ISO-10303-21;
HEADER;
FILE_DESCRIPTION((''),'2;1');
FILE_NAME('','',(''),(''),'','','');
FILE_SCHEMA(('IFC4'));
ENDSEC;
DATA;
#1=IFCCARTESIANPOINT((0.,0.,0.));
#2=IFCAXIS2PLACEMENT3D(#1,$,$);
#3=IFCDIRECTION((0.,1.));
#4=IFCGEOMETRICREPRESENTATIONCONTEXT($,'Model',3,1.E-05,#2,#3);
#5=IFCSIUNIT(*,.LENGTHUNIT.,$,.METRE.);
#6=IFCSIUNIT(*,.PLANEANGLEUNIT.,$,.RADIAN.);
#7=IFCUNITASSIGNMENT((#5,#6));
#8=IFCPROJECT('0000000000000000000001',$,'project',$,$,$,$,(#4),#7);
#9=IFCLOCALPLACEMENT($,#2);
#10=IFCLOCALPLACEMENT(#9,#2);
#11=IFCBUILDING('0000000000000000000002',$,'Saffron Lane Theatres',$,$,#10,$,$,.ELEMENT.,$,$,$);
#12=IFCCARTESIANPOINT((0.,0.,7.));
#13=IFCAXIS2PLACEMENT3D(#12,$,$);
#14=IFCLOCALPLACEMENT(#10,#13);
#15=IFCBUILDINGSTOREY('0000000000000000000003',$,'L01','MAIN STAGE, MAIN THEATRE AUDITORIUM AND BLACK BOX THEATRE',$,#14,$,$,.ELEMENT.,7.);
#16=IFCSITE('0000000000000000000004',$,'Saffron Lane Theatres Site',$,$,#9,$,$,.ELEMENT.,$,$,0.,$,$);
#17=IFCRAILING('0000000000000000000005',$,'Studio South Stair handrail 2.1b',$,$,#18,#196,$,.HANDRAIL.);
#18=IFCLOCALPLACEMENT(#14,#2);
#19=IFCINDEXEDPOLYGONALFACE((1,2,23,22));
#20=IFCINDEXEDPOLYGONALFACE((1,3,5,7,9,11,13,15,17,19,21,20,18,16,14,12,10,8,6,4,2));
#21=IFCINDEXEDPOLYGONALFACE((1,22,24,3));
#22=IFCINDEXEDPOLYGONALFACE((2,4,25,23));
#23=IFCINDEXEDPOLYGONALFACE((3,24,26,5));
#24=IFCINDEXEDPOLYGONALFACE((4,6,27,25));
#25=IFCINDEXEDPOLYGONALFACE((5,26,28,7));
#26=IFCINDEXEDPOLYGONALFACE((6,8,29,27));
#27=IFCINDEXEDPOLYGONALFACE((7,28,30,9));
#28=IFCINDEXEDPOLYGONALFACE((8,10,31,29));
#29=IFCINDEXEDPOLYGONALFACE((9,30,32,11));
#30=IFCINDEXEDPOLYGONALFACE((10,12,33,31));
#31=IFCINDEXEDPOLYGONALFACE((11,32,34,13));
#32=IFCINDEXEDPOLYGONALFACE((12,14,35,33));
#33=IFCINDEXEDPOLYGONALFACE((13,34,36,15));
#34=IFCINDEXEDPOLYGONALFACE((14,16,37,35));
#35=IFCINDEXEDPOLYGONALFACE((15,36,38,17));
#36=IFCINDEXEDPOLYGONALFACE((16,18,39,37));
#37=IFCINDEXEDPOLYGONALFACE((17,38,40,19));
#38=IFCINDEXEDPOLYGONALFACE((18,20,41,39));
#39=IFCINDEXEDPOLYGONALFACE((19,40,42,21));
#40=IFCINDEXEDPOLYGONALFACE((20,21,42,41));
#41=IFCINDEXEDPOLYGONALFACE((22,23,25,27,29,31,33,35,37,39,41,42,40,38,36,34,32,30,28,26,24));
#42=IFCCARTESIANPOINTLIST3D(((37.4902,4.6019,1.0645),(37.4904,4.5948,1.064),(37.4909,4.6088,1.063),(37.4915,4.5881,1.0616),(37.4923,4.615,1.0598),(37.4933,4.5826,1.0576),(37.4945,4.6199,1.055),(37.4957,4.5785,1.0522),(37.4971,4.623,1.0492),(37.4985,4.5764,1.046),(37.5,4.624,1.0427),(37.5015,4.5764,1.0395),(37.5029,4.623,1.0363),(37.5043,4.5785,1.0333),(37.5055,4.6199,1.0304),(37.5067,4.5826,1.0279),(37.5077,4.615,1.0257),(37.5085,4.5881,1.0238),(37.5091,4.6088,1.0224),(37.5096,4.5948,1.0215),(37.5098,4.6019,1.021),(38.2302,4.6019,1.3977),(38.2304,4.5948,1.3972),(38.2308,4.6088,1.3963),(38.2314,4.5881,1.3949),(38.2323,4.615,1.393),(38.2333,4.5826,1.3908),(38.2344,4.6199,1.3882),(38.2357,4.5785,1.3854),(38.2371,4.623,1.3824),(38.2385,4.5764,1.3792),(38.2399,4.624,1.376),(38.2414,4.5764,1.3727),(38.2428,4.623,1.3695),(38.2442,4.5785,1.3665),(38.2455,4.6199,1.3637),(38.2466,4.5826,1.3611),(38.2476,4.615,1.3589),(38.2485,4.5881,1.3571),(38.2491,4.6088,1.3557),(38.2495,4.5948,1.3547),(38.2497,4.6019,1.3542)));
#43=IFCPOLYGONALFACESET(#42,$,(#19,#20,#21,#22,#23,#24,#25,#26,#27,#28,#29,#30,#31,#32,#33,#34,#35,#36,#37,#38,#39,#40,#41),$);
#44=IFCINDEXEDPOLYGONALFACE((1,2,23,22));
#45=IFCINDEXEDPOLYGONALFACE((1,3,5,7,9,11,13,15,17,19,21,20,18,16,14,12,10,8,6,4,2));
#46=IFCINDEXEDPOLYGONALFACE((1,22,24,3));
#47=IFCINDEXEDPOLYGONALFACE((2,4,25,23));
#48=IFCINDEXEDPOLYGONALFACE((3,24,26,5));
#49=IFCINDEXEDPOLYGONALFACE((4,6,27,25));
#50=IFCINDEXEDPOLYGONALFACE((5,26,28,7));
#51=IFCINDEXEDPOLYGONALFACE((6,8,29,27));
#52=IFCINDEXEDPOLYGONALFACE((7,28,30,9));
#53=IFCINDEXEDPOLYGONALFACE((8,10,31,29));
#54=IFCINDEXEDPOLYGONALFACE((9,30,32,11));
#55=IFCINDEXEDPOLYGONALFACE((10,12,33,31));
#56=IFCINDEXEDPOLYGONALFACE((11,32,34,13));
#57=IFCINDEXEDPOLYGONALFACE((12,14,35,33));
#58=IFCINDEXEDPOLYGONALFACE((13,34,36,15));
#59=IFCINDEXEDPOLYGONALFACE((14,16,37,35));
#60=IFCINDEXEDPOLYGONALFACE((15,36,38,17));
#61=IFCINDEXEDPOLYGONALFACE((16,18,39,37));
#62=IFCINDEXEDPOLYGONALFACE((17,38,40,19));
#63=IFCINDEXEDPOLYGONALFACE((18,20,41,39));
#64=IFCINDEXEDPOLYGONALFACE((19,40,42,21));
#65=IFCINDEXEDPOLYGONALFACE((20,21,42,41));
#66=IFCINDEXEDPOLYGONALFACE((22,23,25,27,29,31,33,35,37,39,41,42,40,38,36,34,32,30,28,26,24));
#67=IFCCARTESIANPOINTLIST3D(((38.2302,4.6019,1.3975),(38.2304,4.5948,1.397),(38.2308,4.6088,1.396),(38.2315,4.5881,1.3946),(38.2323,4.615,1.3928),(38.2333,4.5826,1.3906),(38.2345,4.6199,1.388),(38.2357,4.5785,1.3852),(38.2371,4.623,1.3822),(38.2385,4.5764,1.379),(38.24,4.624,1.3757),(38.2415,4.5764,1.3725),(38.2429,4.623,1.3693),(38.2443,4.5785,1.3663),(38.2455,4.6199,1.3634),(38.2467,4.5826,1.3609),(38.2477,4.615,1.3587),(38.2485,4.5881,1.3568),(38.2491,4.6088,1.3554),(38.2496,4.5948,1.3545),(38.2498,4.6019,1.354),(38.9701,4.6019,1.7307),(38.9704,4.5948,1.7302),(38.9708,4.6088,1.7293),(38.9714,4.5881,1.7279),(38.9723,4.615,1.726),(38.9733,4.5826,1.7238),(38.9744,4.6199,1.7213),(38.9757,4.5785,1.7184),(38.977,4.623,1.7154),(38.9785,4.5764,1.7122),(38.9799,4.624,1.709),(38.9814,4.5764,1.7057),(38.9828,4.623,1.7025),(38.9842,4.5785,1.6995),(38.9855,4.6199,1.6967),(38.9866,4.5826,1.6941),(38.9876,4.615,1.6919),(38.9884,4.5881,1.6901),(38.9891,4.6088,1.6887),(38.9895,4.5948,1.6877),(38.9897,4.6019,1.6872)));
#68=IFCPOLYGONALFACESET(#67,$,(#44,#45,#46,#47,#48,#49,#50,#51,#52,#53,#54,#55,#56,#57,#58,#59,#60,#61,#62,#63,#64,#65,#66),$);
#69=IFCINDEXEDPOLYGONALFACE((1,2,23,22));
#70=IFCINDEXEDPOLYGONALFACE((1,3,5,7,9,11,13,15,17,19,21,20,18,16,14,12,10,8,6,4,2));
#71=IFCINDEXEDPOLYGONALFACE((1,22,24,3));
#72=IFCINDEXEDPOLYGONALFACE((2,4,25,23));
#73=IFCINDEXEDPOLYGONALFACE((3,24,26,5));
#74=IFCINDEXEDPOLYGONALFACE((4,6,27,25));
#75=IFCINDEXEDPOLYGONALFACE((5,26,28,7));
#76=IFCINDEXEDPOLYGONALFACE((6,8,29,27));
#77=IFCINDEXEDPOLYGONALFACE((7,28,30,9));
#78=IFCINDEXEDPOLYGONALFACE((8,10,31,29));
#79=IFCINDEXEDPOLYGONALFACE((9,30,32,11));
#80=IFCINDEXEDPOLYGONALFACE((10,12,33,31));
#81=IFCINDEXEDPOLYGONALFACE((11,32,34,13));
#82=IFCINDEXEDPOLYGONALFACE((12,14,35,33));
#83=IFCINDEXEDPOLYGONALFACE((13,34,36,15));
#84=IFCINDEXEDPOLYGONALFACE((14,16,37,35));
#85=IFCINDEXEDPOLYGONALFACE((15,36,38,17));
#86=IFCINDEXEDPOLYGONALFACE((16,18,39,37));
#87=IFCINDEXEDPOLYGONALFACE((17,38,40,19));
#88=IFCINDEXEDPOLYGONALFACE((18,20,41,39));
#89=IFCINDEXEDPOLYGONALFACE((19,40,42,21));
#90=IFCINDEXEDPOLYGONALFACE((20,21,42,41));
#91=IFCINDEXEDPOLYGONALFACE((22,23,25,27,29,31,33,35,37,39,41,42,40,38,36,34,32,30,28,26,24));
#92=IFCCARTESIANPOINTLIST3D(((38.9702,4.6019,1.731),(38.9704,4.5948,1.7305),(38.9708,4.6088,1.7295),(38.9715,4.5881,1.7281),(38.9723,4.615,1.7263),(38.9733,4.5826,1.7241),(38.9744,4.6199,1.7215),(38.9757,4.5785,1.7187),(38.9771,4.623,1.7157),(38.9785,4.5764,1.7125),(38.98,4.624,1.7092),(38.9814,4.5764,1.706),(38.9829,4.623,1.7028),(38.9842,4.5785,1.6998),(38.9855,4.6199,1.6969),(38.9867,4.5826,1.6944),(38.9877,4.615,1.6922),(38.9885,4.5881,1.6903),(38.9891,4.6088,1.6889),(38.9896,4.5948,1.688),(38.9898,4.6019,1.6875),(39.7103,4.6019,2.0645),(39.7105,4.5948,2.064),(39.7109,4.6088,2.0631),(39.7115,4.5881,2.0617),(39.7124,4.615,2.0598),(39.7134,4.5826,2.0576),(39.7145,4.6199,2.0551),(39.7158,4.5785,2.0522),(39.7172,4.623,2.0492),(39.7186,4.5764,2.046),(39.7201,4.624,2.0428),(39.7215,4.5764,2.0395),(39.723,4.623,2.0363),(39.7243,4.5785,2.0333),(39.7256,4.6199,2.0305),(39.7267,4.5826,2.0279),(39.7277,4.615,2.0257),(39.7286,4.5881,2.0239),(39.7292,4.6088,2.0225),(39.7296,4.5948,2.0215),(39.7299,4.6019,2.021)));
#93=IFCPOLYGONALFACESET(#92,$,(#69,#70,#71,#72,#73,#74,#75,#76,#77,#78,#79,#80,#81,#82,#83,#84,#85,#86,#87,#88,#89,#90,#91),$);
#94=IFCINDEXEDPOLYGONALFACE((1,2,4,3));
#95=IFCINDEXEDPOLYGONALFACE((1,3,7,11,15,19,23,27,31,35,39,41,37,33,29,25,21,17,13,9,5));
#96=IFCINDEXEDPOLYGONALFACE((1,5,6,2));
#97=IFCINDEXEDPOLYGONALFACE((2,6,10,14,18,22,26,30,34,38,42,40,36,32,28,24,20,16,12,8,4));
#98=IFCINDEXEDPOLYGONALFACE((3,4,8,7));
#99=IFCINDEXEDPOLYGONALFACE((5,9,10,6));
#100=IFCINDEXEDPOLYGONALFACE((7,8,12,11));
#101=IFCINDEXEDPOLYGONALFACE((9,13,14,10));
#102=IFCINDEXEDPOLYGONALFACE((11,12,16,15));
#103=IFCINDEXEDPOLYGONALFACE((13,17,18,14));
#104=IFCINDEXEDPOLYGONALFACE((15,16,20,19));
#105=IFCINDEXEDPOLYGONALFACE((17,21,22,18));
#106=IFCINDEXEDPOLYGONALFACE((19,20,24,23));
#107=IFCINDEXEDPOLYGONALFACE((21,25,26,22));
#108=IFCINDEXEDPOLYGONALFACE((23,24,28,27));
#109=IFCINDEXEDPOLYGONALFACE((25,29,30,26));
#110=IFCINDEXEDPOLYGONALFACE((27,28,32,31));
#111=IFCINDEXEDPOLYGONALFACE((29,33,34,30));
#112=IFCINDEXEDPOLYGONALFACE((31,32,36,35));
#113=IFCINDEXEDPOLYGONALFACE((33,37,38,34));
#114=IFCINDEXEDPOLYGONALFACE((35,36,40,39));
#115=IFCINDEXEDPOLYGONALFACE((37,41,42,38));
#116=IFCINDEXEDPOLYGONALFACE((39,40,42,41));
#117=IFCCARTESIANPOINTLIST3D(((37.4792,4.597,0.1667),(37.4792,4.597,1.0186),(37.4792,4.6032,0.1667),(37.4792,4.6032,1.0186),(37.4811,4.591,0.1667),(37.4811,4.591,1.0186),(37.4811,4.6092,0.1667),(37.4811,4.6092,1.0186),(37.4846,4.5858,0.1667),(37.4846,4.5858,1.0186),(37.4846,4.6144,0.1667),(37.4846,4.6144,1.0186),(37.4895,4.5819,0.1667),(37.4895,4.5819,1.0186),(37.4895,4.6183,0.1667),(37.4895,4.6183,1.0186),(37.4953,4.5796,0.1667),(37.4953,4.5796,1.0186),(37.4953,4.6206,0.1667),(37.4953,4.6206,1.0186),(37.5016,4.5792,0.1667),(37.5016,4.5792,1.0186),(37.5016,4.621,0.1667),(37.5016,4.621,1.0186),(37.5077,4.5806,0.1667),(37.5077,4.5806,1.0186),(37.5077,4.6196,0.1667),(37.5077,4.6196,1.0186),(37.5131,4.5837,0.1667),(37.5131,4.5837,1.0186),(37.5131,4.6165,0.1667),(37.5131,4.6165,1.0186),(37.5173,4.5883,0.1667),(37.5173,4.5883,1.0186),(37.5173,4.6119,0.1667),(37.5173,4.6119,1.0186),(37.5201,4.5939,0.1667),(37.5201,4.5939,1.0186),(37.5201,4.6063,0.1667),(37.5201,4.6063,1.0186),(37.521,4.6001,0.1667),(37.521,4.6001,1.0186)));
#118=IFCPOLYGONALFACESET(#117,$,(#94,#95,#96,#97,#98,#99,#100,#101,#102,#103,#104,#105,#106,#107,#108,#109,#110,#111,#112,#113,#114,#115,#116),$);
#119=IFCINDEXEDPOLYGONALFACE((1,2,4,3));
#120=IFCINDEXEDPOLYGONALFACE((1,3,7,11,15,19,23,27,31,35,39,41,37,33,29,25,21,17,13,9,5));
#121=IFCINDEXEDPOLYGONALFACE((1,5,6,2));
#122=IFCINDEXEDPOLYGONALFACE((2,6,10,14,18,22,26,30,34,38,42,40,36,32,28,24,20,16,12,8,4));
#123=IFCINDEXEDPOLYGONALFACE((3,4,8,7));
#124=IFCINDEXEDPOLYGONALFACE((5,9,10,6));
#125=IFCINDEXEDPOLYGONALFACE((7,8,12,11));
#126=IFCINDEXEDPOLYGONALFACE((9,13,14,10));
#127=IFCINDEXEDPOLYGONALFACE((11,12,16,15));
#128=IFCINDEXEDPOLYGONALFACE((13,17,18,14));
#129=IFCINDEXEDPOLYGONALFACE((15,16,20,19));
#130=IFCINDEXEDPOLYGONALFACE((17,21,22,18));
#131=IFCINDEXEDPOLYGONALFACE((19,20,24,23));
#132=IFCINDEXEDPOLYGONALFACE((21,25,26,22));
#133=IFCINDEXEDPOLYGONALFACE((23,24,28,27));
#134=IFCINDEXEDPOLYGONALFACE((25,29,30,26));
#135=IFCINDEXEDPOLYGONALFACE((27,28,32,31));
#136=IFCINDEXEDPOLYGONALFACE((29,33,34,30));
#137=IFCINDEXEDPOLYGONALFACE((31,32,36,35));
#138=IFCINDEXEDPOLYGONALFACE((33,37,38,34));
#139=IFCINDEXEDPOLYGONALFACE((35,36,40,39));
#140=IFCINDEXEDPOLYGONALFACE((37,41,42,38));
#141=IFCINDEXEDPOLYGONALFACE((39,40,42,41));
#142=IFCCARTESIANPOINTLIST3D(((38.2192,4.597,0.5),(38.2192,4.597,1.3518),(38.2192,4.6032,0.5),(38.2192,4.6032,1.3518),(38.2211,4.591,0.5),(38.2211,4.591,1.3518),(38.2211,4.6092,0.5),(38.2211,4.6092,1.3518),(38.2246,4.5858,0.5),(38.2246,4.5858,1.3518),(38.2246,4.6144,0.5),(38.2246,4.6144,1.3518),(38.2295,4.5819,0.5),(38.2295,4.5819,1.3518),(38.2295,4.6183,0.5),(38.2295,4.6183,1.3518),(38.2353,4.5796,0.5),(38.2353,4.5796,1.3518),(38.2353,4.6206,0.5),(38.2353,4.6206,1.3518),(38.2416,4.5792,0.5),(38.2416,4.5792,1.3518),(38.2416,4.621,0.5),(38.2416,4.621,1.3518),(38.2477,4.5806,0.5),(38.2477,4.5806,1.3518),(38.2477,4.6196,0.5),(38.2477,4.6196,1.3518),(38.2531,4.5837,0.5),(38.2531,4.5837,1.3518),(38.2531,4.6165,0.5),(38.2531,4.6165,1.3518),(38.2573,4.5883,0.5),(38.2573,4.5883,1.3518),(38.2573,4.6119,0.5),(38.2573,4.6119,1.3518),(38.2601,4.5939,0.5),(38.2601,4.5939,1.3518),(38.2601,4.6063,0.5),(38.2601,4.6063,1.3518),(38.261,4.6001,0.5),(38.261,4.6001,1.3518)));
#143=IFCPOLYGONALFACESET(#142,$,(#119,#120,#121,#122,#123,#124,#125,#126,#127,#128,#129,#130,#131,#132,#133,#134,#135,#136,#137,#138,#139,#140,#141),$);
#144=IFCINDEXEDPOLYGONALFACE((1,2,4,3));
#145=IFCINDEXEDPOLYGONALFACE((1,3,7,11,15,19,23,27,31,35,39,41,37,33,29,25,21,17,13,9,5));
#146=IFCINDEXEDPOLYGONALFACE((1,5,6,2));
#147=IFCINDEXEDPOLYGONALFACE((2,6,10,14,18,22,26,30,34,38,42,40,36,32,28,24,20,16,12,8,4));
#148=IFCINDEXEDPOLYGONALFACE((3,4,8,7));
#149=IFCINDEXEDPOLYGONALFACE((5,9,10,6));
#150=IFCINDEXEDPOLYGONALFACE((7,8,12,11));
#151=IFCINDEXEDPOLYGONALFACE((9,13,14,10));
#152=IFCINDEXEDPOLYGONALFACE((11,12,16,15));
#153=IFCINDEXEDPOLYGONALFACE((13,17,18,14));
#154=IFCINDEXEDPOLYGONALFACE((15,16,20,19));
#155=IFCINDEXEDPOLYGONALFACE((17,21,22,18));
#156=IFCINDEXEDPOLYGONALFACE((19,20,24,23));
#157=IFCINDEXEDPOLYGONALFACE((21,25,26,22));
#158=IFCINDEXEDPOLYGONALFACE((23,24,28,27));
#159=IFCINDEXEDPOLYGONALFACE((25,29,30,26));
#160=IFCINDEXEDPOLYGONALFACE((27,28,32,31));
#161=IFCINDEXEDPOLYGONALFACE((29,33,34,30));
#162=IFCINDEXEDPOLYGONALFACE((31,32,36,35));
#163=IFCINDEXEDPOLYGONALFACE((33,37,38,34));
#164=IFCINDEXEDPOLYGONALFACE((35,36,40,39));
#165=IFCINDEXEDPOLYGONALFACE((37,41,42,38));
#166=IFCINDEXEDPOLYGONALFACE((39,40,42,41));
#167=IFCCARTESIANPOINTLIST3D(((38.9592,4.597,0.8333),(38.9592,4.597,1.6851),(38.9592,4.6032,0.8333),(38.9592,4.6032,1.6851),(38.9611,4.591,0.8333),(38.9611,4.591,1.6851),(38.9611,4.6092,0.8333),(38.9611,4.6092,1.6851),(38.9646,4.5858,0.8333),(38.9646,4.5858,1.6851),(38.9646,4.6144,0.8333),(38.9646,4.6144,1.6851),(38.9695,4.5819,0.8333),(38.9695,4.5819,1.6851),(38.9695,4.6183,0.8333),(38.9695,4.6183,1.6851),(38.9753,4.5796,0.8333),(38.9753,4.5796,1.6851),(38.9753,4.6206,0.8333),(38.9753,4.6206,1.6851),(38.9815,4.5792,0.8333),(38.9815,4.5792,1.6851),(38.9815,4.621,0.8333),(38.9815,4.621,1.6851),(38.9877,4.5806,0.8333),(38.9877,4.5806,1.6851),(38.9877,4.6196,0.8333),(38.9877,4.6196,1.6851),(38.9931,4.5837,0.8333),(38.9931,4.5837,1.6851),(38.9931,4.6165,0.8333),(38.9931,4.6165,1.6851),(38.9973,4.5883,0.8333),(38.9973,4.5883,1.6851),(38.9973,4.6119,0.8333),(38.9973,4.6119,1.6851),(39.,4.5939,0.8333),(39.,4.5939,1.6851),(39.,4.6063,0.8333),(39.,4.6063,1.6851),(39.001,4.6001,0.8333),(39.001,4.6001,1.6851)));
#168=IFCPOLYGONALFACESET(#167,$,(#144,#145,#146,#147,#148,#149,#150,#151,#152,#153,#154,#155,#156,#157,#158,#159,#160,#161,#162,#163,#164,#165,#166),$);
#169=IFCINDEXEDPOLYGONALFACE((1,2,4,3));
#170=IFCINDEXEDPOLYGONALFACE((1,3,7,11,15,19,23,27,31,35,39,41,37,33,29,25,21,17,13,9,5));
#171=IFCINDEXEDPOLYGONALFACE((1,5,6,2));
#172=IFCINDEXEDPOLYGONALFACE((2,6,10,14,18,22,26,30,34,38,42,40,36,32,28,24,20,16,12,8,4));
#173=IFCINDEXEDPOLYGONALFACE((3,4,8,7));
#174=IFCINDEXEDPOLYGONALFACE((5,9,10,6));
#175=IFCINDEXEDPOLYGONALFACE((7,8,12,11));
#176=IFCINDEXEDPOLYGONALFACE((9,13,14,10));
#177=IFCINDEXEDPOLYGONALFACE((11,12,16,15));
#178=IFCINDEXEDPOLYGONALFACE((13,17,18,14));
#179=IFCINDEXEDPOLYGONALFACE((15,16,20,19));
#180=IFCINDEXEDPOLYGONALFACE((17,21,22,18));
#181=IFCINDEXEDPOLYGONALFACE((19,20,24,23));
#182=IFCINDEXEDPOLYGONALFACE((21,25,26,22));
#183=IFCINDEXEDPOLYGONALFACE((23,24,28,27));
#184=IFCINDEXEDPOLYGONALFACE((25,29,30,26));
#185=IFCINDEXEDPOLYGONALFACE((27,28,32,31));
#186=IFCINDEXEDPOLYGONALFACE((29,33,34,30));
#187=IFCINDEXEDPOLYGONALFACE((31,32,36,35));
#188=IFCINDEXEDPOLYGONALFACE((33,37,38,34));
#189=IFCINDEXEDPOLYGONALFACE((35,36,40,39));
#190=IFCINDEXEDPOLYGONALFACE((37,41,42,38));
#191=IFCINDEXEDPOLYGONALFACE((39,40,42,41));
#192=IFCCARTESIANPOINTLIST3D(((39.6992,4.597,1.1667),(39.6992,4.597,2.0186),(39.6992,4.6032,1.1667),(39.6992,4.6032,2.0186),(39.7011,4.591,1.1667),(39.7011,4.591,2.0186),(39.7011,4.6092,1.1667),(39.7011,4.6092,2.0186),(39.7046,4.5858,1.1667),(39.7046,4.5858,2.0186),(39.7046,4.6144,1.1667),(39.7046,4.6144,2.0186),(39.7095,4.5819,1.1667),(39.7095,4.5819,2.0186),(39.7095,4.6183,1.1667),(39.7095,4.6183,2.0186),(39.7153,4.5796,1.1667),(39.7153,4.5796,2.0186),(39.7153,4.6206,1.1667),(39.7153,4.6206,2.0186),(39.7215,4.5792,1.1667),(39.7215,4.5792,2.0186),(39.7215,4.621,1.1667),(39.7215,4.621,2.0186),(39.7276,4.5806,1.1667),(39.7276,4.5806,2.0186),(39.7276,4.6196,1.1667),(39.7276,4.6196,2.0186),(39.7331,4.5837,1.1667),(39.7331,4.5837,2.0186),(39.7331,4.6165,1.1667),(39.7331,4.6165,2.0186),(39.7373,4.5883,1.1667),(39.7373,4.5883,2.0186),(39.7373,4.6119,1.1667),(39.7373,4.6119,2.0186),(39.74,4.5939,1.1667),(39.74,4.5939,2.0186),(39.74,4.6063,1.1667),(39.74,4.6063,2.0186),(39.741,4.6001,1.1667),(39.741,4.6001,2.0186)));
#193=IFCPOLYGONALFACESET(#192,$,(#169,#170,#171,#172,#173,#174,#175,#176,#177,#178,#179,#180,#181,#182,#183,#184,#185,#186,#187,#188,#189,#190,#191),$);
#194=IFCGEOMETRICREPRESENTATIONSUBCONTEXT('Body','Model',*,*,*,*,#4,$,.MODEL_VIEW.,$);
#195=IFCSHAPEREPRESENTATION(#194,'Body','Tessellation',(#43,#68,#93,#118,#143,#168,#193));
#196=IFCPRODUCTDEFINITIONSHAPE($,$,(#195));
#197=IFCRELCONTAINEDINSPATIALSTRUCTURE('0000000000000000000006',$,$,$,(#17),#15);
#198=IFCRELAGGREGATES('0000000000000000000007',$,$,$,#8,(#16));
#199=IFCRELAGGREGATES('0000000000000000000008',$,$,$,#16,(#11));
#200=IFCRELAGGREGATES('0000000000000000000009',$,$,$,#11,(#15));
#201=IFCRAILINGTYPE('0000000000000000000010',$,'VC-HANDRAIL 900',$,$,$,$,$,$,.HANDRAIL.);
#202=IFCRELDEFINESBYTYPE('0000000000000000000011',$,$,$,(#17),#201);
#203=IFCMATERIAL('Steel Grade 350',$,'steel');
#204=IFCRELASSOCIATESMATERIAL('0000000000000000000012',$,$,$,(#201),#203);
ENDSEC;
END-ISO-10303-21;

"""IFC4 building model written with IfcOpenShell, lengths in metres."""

from ifc_helpers import new_model, si_unit, direction, frame, origin, origin_2d, place, context, subcontext, project, spatial, circle, extrude, material, type_object, element, save


model = new_model("IFC4")

# Units and contexts
model_context = context("Model", 3, precision=1e-05, world=origin(), true_north=direction((0.0, 1.0)))
body_context = subcontext(model_context, "Body", "Model", "MODEL_VIEW")
ifc_project = project(units=[si_unit("LENGTHUNIT", "METRE"), si_unit("PLANEANGLEUNIT", "RADIAN")], contexts=[model_context])

# Site, building, storey
site_placement = place(None, origin())
site = spatial("IfcSite", under=ifc_project, at=site_placement, Name="Saffron Lane Theatres Site", CompositionType="ELEMENT", RefElevation=0.0)
building_placement = place(site_placement, origin())
building = spatial("IfcBuilding", under=site, at=building_placement, Name="Saffron Lane Theatres", CompositionType="ELEMENT")
storey_placement = place(building_placement, frame((0.0, 0.0, 7.0)))
storey = spatial("IfcBuildingStorey", under=building, at=storey_placement, Name="L01", Description="MAIN STAGE, MAIN THEATRE AUDITORIUM AND BLACK BOX THEATRE", CompositionType="ELEMENT", Elevation=7.0)

# Railing
ifc_material_1 = material(Name="Steel Grade 350", Category="steel")
railing_type_1 = type_object("IfcRailingType", Name="VC-HANDRAIL 900", PredefinedType="HANDRAIL", material=ifc_material_1)
for number, where, name in (
    (1, (37.5, 4.6001, 0.1667), "Studio South Stair handrail 2.1b"),
):
    element("IfcRailing", number, at=place(storey_placement, frame(where)), inside=storey, type_object=railing_type_1, Name=name, PredefinedType="HANDRAIL", context=body_context, shape_type="SweptSolid", body=[
        extrude(circle(Radius=0.0239, at=origin_2d()), frame((0.0, 0.0, 0.876), z_axis=(0.911803, 0.0, 0.410627), x_axis=(0.0, 1.0, 0.0)), (0.0, 0.0, 1.0), 0.8115),
        extrude(circle(Radius=0.0239, at=origin_2d()), frame((0.74, 0.0, 1.209), z_axis=(0.911803, 0.0, 0.410627), x_axis=(0.0, 1.0, 0.0)), (0.0, 0.0, 1.0), 0.8115),
        extrude(circle(Radius=0.0239, at=origin_2d()), frame((1.48, 0.0, 1.5425), z_axis=(0.911691, 0.0, 0.410877), x_axis=(0.0, 1.0, 0.0)), (0.0, 0.0, 1.0), 0.8118),
        extrude(circle(Radius=0.021, at=origin_2d()), origin(), (0.0, 0.0, 1.0), 0.8518),
        extrude(circle(Radius=0.021, at=origin_2d()), frame((0.74, 0.0, 0.3333)), (0.0, 0.0, 1.0), 0.8518),
        extrude(circle(Radius=0.021, at=origin_2d()), frame((1.48, 0.0, 0.6665)), (0.0, 0.0, 1.0), 0.8518),
        extrude(circle(Radius=0.021, at=origin_2d()), frame((2.22, 0.0, 1.0)), (0.0, 0.0, 1.0), 0.8518),
    ])

save(model, "model.ifc")
